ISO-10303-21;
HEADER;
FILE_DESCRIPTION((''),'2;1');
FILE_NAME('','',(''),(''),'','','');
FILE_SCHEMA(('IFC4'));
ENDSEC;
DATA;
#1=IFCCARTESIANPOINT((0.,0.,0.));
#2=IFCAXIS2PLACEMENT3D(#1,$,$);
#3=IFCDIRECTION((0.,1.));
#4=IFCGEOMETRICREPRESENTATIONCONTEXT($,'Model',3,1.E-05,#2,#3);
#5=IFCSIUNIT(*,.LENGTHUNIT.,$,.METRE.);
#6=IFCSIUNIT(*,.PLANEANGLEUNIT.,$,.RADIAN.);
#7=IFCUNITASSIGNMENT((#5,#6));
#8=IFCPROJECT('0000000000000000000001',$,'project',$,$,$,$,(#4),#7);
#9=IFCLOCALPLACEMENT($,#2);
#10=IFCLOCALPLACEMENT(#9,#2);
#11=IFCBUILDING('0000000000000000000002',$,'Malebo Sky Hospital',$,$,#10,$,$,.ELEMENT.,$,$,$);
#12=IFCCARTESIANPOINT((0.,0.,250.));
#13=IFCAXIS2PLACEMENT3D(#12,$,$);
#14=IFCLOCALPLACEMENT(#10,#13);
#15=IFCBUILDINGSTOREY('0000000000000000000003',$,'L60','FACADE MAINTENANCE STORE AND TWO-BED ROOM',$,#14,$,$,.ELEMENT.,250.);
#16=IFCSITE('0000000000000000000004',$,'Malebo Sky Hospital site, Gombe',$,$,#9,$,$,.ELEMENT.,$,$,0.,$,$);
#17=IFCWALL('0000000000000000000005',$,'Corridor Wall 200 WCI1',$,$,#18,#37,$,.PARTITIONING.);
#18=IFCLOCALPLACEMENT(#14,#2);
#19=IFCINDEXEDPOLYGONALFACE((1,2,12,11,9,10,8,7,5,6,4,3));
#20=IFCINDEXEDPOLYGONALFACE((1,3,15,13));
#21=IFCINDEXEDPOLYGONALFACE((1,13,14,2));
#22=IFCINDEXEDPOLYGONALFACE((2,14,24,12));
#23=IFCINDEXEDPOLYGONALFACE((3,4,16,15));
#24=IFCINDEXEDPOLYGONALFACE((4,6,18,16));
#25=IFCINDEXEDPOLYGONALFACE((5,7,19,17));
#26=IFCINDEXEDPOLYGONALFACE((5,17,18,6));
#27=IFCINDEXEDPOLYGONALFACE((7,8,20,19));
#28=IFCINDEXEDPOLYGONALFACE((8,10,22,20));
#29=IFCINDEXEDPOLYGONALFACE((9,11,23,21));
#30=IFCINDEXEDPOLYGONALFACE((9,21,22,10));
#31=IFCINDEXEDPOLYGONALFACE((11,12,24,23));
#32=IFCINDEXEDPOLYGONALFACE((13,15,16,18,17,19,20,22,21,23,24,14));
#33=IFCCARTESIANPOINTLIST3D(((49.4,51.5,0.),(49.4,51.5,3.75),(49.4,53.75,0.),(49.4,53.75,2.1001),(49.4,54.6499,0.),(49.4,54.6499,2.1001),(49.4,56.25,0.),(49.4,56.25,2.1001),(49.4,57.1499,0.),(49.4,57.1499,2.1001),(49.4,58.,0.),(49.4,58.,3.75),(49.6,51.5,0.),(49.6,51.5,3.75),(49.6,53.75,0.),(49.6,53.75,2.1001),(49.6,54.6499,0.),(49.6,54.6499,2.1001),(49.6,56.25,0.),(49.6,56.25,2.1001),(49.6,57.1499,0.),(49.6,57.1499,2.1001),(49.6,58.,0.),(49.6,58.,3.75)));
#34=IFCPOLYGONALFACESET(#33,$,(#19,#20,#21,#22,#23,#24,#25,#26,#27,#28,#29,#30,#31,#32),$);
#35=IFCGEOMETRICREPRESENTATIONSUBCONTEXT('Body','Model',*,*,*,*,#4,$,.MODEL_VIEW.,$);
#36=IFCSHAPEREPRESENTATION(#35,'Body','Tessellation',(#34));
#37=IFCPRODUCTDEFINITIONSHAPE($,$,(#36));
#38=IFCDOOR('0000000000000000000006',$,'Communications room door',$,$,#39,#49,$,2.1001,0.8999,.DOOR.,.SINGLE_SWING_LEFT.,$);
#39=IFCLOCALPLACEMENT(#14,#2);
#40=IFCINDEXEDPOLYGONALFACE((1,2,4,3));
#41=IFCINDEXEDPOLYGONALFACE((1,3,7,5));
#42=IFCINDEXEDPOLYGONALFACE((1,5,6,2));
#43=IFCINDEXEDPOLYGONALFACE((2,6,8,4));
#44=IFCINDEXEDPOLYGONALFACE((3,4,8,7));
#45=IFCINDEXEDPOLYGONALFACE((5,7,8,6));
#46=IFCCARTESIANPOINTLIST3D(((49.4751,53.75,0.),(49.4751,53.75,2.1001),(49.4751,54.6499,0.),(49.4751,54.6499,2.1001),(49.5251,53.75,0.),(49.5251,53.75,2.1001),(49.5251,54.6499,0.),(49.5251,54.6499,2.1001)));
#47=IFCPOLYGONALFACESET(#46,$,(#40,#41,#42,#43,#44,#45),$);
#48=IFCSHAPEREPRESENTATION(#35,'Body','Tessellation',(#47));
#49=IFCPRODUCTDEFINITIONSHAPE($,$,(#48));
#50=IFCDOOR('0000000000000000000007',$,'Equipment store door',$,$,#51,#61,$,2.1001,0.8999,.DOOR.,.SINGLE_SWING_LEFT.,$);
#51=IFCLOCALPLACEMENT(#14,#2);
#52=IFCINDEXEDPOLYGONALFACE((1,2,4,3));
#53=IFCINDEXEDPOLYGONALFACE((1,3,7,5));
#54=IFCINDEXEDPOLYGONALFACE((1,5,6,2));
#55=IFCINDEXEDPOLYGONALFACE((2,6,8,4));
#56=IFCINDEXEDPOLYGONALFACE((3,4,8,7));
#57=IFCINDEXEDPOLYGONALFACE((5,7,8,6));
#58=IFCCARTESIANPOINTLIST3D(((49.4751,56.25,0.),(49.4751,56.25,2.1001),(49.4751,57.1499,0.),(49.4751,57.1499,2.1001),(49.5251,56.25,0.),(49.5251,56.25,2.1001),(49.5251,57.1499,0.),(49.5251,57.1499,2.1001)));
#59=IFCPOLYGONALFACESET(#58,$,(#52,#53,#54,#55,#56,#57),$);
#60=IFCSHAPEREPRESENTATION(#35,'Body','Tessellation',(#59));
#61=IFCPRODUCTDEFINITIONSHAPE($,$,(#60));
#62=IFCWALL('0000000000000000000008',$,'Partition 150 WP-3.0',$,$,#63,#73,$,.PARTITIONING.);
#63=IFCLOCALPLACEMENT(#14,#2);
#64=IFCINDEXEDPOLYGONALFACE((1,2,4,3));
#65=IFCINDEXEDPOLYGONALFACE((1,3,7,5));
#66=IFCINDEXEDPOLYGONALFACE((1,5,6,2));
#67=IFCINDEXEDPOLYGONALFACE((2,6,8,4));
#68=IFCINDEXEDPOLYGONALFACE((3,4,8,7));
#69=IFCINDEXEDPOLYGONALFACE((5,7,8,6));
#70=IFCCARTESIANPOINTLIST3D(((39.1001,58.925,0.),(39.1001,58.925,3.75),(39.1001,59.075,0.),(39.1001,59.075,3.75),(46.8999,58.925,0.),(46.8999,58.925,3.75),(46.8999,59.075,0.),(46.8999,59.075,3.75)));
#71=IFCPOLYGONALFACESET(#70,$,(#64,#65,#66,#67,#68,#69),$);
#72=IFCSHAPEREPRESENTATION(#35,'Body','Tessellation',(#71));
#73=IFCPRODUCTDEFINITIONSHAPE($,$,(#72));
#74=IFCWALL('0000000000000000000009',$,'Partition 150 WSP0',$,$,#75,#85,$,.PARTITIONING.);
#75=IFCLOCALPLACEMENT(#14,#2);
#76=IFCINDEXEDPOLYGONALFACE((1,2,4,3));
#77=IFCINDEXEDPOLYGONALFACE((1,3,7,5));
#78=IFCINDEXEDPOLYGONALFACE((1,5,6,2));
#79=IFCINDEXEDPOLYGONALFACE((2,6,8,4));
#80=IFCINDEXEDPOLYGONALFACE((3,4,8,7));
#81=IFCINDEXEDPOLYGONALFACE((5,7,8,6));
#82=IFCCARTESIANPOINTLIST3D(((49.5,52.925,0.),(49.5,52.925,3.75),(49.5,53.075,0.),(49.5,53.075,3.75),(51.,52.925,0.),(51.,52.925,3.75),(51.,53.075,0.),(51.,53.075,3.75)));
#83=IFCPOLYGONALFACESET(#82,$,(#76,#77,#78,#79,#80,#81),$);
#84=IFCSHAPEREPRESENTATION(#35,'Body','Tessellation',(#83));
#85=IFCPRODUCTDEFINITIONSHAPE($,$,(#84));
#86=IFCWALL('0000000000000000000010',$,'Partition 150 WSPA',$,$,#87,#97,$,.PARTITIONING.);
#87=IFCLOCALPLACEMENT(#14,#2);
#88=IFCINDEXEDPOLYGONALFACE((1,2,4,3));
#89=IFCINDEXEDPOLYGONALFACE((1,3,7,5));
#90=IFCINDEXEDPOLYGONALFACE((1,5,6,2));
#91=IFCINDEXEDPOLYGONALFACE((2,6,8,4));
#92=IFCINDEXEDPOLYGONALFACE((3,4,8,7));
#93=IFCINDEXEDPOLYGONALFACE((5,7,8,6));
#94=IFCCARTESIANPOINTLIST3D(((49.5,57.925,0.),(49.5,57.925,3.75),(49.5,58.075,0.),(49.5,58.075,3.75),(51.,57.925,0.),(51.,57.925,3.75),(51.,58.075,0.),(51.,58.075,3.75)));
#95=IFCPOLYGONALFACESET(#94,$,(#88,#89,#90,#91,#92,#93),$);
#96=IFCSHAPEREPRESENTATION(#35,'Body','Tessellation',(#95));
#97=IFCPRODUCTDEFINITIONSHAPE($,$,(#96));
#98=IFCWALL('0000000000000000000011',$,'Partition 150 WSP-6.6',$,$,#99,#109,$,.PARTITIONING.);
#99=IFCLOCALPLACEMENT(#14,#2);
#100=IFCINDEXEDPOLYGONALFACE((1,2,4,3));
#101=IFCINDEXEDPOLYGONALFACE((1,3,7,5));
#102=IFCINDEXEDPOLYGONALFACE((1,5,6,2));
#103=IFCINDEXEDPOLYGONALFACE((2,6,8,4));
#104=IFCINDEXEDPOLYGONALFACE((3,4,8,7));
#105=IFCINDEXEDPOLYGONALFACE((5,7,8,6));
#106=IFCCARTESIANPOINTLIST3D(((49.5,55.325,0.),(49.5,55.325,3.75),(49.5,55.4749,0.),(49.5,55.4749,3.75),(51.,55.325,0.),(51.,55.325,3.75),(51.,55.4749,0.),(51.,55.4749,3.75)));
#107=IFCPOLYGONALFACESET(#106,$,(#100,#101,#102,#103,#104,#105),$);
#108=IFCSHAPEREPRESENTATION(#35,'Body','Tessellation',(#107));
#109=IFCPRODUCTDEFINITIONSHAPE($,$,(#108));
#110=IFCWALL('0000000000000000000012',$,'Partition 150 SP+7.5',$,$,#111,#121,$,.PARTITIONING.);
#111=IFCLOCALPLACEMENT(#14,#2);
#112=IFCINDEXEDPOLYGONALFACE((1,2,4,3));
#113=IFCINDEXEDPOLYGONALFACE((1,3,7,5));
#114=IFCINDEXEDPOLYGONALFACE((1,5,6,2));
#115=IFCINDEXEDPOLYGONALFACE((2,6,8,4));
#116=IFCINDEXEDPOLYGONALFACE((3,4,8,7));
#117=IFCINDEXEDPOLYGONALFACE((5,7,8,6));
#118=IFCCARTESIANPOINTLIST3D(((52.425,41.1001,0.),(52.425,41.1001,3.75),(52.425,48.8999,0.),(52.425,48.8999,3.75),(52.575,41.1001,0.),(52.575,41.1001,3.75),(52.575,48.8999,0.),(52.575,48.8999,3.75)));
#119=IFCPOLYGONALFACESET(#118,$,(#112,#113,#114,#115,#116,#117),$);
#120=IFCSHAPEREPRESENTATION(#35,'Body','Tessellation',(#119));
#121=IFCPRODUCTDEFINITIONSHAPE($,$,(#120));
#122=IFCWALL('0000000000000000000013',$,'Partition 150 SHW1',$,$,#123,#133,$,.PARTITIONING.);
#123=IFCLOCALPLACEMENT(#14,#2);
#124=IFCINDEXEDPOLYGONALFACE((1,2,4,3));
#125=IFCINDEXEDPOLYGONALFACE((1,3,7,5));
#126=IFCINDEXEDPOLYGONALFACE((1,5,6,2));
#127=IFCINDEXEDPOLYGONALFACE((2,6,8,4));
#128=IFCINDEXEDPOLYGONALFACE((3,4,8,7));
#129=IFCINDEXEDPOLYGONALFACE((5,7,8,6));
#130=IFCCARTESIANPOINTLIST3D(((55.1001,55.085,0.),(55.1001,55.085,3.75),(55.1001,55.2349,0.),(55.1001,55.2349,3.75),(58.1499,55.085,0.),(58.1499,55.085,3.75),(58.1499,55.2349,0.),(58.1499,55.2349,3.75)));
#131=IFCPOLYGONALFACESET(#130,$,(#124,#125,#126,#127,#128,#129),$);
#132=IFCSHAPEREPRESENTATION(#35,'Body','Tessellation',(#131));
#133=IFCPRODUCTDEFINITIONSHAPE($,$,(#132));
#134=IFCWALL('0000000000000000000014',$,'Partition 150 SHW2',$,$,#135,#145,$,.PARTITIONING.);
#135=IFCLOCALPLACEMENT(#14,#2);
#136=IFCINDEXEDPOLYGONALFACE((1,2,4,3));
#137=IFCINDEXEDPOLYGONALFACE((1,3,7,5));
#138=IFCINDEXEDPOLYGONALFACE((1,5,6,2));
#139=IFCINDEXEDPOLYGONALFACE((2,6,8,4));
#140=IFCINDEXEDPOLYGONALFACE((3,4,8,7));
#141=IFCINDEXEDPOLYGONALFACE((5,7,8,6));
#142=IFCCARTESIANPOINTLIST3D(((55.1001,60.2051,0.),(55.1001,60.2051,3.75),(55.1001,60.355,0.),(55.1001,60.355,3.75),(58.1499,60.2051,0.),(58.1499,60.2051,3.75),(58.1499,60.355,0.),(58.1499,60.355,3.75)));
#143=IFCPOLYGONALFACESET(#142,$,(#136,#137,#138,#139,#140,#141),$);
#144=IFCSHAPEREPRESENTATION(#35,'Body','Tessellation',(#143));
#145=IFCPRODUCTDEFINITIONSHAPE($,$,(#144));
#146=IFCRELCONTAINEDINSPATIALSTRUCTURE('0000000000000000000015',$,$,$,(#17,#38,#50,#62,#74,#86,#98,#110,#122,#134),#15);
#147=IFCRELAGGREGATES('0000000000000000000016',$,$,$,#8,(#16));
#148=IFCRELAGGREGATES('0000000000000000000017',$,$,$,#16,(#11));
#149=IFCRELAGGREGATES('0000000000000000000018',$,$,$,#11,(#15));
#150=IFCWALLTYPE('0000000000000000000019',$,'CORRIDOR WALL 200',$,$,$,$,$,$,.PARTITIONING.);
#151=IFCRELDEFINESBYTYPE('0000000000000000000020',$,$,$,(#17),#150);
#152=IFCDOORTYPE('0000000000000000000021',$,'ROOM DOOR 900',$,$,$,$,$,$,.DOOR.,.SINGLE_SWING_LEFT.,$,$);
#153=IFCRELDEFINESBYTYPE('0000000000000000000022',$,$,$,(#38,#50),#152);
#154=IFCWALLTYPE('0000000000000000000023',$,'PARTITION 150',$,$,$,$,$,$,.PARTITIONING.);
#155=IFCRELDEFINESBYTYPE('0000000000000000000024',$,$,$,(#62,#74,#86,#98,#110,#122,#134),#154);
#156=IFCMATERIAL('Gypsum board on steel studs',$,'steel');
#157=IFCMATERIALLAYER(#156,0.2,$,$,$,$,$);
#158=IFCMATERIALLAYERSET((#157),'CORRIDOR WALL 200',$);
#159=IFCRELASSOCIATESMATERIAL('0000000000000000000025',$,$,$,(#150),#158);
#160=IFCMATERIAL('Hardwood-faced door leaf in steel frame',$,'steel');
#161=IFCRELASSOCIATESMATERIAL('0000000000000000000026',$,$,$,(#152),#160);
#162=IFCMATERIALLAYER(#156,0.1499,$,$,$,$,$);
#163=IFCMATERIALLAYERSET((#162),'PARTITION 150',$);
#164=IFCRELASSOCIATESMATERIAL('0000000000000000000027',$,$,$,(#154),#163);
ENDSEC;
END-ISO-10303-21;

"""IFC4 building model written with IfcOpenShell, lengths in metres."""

from ifc_helpers import new_model, si_unit, direction, frame, frame_2d, origin, place, context, subcontext, project, spatial, rectangle, extrude, material, layer, layer_set, type_object, element, fill, save


model = new_model("IFC4")

# Units and contexts
model_context = context("Model", 3, precision=1e-05, world=origin(), true_north=direction((0.0, 1.0)))
body_context = subcontext(model_context, "Body", "Model", "MODEL_VIEW")
ifc_project = project(units=[si_unit("LENGTHUNIT", "METRE"), si_unit("PLANEANGLEUNIT", "RADIAN")], contexts=[model_context])

# Site, building, storey
site_placement = place(None, origin())
site = spatial("IfcSite", under=ifc_project, at=site_placement, Name="Malebo Sky Hospital site, Gombe", CompositionType="ELEMENT", RefElevation=0.0)
building_placement = place(site_placement, origin())
building = spatial("IfcBuilding", under=site, at=building_placement, Name="Malebo Sky Hospital", CompositionType="ELEMENT")
storey_placement = place(building_placement, frame((0.0, 0.0, 250.0)))
storey = spatial("IfcBuildingStorey", under=building, at=storey_placement, Name="L60", Description="FACADE MAINTENANCE STORE AND TWO-BED ROOM", CompositionType="ELEMENT", Elevation=250.0)

# Shared definitions
ifc_material_1 = material(Name="Hardwood-faced door leaf in steel frame", Category="steel")

# Wall, openings, doors
ifc_material_2 = material(Name="Gypsum board on steel studs", Category="steel")
ifc_layer_1 = layer(ifc_material_2, 0.2)
ifc_layer_set_1 = layer_set([ifc_layer_1], Name="CORRIDOR WALL 200")
wall_type_1 = type_object("IfcWallType", Name="CORRIDOR WALL 200", PredefinedType="PARTITIONING", material=ifc_layer_set_1)
wall_1_placement = place(storey_placement, frame((49.5, 51.5, 0.0), z_axis=(0.0, 0.0, 1.0), x_axis=(0.0, 1.0, 0.0)))
wall_1 = element("IfcWall", 1, at=wall_1_placement, inside=storey, type_object=wall_type_1, Name="Corridor Wall 200 WCI1", PredefinedType="PARTITIONING", context=body_context, shape_type="SweptSolid", body=[
    extrude(rectangle(XDim=6.5, YDim=0.2, at=frame_2d((3.25, 0.0))), origin(), (0.0, 0.0, 1.0), 3.75),
])
opening_1_placement = place(wall_1_placement, frame((2.25, 0.0, 0.0)))
opening_1 = element("IfcOpeningElement", 2, at=opening_1_placement, cuts=wall_1, PredefinedType="OPENING", context=body_context, shape_type="SweptSolid", body=[
    extrude(rectangle(XDim=0.8999, YDim=2.1001, at=frame_2d((0.45, 1.05))), frame((0.0, 0.1099, 0.0), z_axis=(0.0, -1.0, 0.0), x_axis=(1.0, 0.0, 0.0)), (0.0, 0.0, 1.0), 0.22),
])
opening_2_placement = place(wall_1_placement, frame((4.75, 0.0, 0.0)))
opening_2 = element("IfcOpeningElement", 3, at=opening_2_placement, cuts=wall_1, PredefinedType="OPENING", context=body_context, shape_type="SweptSolid", body=[
    extrude(rectangle(XDim=0.8999, YDim=2.1001, at=frame_2d((0.45, 1.05))), frame((0.0, 0.1099, 0.0), z_axis=(0.0, -1.0, 0.0), x_axis=(1.0, 0.0, 0.0)), (0.0, 0.0, 1.0), 0.22),
])
door_type_1 = type_object("IfcDoorType", Name="ROOM DOOR 900", OperationType="SINGLE_SWING_LEFT", PredefinedType="DOOR", material=ifc_material_1)
door_1_placement = place(opening_1_placement, origin())
door_1 = element("IfcDoor", 4, at=door_1_placement, inside=storey, type_object=door_type_1, Name="Communications room door", OperationType="SINGLE_SWING_LEFT", OverallHeight=2.1001, OverallWidth=0.8999, PredefinedType="DOOR", context=body_context, shape_type="SweptSolid", body=[
    extrude(rectangle(XDim=0.8999, YDim=2.1001, at=frame_2d((0.45, 1.05))), frame((0.0, 0.0249, 0.0), z_axis=(0.0, -1.0, 0.0), x_axis=(1.0, 0.0, 0.0)), (0.0, 0.0, 1.0), 0.05),
])
fill(opening_1, door_1)
door_2_placement = place(opening_2_placement, origin())
door_2 = element("IfcDoor", 5, at=door_2_placement, inside=storey, type_object=door_type_1, Name="Equipment store door", OperationType="SINGLE_SWING_LEFT", OverallHeight=2.1001, OverallWidth=0.8999, PredefinedType="DOOR", context=body_context, shape_type="SweptSolid", body=[
    extrude(rectangle(XDim=0.8999, YDim=2.1001, at=frame_2d((0.45, 1.05))), frame((0.0, 0.0249, 0.0), z_axis=(0.0, -1.0, 0.0), x_axis=(1.0, 0.0, 0.0)), (0.0, 0.0, 1.0), 0.05),
])
fill(opening_2, door_2)

# Walls
ifc_layer_2 = layer(ifc_material_2, 0.1499)
ifc_layer_set_2 = layer_set([ifc_layer_2], Name="PARTITION 150")
wall_type_2 = type_object("IfcWallType", Name="PARTITION 150", PredefinedType="PARTITIONING", material=ifc_layer_set_2)
wall_2_placement = place(storey_placement, frame((46.8999, 59.0, 0.0), z_axis=(0.0, 0.0, 1.0), x_axis=(-1.0, 0.0, 0.0)))
element("IfcWall", 6, at=wall_2_placement, inside=storey, type_object=wall_type_2, Name="Partition 150 WP-3.0", PredefinedType="PARTITIONING", context=body_context, shape_type="SweptSolid", body=[
    extrude(rectangle(XDim=7.7998, YDim=0.1499, at=frame_2d((3.8999, 0.0))), origin(), (0.0, 0.0, 1.0), 3.75),
])
for number, where, z_axis, x_axis, name in (
    (7, (51.0, 53.0, 0.0), (0.0, 0.0, 1.0), (-1.0, 0.0, 0.0), "Partition 150 WSP0"),
    (8, (51.0, 58.0, 0.0), (0.0, 0.0, 1.0), (-1.0, 0.0, 0.0), "Partition 150 WSPA"),
    (9, (51.0, 55.3999, 0.0), (0.0, 0.0, 1.0), (-1.0, 0.0, 0.0), "Partition 150 WSP-6.6"),
):
    element("IfcWall", number, at=place(storey_placement, frame(where, z_axis=z_axis, x_axis=x_axis)), inside=storey, type_object=wall_type_2, Name=name, PredefinedType="PARTITIONING", context=body_context, shape_type="SweptSolid", body=[
        extrude(rectangle(XDim=1.5, YDim=0.1499, at=frame_2d((0.75, 0.0))), origin(), (0.0, 0.0, 1.0), 3.75),
    ])
wall_3_placement = place(storey_placement, frame((52.5, 48.8999, 0.0), z_axis=(0.0, 0.0, 1.0), x_axis=(0.0, -1.0, 0.0)))
element("IfcWall", 10, at=wall_3_placement, inside=storey, type_object=wall_type_2, Name="Partition 150 SP+7.5", PredefinedType="PARTITIONING", context=body_context, shape_type="SweptSolid", body=[
    extrude(rectangle(XDim=7.7998, YDim=0.1499, at=frame_2d((3.8999, 0.0))), origin(), (0.0, 0.0, 1.0), 3.75),
])
for number, where, z_axis, x_axis, name in (
    (11, (55.1001, 55.1599, 0.0), (0.0, 0.0, 1.0), (1.0, 0.0, 0.0), "Partition 150 SHW1"),
    (12, (55.1001, 60.28, 0.0), (0.0, 0.0, 1.0), (1.0, 0.0, 0.0), "Partition 150 SHW2"),
):
    element("IfcWall", number, at=place(storey_placement, frame(where, z_axis=z_axis, x_axis=x_axis)), inside=storey, type_object=wall_type_2, Name=name, PredefinedType="PARTITIONING", context=body_context, shape_type="SweptSolid", body=[
        extrude(rectangle(XDim=3.0498, YDim=0.1499, at=frame_2d((1.5249, 0.0))), origin(), (0.0, 0.0, 1.0), 3.75),
    ])

save(model, "model.ifc")
